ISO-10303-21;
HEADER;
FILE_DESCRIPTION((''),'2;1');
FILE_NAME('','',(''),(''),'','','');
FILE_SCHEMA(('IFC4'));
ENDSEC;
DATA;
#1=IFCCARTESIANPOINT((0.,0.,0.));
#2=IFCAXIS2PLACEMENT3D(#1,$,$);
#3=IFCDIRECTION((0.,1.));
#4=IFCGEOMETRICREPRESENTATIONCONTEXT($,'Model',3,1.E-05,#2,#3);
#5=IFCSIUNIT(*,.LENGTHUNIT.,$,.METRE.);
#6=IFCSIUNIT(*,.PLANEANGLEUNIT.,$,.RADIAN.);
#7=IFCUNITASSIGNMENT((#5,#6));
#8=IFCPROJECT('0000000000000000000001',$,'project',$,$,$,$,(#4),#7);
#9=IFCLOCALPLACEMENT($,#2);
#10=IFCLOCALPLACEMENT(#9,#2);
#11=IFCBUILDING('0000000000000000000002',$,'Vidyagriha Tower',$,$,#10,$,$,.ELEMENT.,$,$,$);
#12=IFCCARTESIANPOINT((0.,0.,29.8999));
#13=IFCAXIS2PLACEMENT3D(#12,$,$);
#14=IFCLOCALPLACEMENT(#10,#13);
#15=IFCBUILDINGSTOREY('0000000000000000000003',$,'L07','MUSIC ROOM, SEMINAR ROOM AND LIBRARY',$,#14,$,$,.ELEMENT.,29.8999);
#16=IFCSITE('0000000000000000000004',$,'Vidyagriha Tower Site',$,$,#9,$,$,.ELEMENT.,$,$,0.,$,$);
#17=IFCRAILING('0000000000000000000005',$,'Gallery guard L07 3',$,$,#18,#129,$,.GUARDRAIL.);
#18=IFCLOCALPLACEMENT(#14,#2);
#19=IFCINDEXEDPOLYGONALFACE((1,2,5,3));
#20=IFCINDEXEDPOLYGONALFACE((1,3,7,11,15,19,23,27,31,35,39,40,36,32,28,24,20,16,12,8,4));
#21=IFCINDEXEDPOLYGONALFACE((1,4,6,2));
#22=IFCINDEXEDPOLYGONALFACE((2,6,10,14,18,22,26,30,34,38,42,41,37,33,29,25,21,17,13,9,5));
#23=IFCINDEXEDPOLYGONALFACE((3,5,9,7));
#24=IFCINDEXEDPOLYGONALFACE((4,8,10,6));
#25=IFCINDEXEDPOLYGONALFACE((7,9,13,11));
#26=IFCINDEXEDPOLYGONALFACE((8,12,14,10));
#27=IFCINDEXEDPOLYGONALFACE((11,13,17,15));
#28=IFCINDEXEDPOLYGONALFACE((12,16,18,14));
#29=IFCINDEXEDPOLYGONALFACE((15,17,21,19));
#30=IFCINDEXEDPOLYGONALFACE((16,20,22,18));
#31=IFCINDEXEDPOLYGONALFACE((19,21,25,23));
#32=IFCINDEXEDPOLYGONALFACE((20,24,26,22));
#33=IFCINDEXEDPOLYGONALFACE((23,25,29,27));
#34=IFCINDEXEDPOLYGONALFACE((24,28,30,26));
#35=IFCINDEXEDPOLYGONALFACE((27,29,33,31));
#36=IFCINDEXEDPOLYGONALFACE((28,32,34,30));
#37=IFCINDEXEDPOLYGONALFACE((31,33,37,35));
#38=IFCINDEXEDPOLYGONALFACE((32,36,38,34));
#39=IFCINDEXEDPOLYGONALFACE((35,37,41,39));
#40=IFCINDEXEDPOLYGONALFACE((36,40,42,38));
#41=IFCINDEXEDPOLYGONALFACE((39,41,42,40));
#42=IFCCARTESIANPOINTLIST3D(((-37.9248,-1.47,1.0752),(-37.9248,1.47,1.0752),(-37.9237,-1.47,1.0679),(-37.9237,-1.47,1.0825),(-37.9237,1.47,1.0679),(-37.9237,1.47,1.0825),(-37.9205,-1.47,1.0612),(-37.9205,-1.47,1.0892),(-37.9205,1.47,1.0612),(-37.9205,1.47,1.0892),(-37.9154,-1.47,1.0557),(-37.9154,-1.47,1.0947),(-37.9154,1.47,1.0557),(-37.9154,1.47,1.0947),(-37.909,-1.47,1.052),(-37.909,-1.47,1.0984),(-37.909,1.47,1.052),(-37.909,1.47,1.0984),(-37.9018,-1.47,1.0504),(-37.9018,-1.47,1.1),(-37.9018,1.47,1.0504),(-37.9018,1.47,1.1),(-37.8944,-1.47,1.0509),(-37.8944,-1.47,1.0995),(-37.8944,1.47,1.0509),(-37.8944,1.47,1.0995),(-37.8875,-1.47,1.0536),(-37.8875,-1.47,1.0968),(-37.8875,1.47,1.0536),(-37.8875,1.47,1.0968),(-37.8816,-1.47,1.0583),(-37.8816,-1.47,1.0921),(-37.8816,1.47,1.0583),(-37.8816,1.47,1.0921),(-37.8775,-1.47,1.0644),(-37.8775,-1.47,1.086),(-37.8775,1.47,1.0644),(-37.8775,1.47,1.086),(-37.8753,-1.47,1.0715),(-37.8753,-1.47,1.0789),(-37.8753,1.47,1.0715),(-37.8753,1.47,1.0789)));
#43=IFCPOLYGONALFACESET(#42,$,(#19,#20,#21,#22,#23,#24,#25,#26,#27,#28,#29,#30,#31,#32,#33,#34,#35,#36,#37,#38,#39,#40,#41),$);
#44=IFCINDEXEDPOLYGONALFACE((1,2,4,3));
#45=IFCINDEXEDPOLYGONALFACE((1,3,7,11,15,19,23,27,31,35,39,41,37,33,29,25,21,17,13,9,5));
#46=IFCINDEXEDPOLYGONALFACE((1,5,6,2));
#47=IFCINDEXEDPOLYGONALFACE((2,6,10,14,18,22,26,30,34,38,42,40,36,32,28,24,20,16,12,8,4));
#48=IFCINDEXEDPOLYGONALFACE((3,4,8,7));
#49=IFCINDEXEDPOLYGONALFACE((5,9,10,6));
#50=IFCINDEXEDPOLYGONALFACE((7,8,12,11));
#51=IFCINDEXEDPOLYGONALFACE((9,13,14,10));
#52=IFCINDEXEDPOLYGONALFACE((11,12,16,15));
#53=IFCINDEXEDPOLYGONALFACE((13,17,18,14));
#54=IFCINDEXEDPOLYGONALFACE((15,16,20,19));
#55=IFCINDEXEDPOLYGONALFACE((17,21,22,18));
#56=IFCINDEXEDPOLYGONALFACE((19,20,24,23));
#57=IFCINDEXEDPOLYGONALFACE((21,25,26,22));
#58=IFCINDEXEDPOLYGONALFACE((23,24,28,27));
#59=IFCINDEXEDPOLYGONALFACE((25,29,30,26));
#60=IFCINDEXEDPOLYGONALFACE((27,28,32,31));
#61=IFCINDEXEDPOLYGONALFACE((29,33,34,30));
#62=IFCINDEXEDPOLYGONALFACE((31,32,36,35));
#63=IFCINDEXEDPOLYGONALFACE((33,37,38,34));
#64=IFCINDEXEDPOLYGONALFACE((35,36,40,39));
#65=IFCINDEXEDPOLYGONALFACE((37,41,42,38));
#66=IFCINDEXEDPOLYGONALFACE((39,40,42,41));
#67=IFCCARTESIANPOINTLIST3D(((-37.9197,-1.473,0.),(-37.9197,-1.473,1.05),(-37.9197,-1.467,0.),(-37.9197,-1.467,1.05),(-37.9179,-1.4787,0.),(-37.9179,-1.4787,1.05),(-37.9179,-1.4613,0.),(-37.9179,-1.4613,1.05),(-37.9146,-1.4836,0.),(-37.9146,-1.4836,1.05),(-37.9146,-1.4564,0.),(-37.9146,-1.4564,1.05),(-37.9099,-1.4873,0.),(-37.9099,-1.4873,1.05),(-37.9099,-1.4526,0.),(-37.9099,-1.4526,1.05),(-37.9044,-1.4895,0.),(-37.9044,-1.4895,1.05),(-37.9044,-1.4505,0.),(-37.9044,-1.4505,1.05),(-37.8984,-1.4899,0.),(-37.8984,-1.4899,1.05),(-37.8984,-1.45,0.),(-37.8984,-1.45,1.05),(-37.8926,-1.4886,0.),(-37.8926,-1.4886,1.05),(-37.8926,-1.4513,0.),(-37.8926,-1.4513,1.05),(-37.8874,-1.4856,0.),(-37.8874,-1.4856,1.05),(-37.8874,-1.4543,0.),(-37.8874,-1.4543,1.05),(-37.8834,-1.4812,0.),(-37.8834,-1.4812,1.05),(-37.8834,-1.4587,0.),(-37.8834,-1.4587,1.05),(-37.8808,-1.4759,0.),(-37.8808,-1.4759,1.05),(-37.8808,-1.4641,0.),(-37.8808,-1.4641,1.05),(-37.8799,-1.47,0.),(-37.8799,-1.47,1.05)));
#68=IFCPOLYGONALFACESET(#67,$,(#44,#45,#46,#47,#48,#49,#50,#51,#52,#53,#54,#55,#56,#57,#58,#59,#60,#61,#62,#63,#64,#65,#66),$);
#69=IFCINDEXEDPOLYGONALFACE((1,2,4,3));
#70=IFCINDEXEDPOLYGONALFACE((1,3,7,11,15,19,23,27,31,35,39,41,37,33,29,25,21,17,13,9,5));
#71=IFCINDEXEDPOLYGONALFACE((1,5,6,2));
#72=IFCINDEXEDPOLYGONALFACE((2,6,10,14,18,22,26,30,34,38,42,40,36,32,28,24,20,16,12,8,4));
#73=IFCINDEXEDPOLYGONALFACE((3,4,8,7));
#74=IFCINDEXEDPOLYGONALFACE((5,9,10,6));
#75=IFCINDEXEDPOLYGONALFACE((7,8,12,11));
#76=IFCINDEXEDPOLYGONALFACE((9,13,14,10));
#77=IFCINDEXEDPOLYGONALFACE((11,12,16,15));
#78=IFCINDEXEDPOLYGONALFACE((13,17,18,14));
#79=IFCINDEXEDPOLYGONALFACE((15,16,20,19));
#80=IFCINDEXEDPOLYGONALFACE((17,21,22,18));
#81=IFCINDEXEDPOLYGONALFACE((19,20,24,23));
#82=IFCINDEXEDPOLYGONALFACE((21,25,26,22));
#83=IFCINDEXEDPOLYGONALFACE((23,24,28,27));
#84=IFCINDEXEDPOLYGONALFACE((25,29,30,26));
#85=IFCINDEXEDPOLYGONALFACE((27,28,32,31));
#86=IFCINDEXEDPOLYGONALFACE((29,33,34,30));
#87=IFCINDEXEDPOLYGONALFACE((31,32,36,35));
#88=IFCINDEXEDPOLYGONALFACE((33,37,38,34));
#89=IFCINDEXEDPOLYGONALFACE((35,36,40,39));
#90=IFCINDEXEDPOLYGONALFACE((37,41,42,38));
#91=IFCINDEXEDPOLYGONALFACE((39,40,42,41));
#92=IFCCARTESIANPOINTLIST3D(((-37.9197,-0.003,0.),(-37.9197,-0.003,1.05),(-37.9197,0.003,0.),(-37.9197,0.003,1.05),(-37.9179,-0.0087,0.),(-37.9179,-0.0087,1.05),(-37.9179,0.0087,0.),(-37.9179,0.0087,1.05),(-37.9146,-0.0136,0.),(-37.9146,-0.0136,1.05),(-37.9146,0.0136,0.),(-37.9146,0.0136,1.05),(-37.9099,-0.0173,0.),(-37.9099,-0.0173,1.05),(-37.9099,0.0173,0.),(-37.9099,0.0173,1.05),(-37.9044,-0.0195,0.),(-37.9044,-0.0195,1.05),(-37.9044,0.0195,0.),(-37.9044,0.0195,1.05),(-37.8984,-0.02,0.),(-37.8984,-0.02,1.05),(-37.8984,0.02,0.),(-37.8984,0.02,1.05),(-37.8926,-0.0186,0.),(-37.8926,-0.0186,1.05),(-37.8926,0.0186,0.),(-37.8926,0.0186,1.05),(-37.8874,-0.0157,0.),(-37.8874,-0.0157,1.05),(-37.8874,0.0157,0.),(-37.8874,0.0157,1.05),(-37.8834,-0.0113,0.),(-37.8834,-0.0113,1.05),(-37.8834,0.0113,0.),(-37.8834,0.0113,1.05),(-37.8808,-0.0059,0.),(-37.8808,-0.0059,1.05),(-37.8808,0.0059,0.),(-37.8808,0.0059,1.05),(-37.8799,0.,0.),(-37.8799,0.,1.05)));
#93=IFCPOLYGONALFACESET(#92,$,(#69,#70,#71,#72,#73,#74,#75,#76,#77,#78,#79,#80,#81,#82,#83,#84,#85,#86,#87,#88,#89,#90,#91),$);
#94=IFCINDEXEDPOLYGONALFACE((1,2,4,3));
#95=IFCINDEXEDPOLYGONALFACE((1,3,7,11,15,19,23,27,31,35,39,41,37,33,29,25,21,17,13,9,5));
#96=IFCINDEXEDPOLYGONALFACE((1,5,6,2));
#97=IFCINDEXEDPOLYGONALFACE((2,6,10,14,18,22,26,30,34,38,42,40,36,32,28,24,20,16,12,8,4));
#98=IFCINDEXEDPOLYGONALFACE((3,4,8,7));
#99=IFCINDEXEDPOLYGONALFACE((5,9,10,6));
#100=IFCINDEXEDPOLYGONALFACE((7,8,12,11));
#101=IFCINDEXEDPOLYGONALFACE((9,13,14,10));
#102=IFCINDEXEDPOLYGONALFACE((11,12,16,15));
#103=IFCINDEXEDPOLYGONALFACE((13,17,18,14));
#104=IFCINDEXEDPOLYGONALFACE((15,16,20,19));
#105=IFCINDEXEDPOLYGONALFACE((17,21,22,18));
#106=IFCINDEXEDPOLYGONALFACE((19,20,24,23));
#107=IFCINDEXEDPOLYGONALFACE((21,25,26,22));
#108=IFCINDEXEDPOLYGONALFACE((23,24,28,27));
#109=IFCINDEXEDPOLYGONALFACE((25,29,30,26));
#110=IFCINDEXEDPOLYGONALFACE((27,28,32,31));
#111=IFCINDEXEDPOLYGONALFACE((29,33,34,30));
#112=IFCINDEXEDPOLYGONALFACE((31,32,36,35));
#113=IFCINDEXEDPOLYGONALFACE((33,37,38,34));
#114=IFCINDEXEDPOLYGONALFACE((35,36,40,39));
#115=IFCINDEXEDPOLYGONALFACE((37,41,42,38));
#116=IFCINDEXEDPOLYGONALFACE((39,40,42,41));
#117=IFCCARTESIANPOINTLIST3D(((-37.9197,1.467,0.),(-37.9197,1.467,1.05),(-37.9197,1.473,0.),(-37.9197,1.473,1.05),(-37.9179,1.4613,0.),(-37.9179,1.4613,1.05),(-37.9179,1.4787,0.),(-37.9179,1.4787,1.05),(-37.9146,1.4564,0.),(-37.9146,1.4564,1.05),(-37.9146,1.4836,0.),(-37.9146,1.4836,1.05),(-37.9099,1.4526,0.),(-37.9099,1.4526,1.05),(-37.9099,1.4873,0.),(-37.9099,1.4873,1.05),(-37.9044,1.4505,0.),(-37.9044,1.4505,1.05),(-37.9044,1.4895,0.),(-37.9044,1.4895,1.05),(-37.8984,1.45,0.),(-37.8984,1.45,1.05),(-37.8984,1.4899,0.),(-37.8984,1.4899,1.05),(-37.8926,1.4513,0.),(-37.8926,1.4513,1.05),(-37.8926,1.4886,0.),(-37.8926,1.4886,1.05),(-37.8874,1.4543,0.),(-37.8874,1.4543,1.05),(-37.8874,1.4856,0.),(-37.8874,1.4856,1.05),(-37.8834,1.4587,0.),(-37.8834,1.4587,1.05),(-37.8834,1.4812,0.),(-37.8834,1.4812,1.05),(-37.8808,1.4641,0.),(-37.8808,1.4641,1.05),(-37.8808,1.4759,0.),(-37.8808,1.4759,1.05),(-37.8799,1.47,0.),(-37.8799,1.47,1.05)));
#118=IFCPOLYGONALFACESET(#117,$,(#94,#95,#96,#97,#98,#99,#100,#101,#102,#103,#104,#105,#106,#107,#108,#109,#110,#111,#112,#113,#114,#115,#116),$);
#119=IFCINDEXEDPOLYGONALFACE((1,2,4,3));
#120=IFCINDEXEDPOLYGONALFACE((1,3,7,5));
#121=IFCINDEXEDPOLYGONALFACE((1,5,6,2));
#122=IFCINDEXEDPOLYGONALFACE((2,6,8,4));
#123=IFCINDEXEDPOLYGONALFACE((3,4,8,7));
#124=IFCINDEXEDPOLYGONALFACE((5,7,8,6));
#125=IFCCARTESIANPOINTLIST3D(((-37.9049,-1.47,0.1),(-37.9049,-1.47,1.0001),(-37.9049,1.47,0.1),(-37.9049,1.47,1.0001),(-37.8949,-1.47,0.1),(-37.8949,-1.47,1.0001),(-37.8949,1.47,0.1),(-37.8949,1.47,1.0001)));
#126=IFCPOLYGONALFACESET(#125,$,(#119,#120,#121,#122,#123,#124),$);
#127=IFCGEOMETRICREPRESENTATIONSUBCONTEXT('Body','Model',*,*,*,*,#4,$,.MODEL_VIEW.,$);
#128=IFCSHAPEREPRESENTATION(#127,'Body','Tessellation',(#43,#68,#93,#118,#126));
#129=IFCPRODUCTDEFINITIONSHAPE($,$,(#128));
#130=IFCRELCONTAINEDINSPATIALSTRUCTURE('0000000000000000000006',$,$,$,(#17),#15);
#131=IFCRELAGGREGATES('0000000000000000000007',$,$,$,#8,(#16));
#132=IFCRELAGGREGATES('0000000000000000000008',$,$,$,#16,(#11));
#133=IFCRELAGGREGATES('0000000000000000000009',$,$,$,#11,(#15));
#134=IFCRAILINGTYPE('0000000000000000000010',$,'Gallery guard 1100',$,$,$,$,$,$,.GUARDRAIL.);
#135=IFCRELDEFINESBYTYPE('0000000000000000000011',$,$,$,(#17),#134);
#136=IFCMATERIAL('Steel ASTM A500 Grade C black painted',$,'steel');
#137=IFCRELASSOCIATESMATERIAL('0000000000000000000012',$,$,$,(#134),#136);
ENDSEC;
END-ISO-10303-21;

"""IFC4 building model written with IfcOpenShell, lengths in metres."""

from ifc_helpers import new_model, si_unit, direction, frame, origin, origin_2d, place, context, subcontext, project, spatial, rectangle, circle, extrude, material, type_object, element, save


model = new_model("IFC4")

# Units and contexts
model_context = context("Model", 3, precision=1e-05, world=origin(), true_north=direction((0.0, 1.0)))
body_context = subcontext(model_context, "Body", "Model", "MODEL_VIEW")
ifc_project = project(units=[si_unit("LENGTHUNIT", "METRE"), si_unit("PLANEANGLEUNIT", "RADIAN")], contexts=[model_context])

# Site, building, storey
site_placement = place(None, origin())
site = spatial("IfcSite", under=ifc_project, at=site_placement, Name="Vidyagriha Tower Site", CompositionType="ELEMENT", RefElevation=0.0)
building_placement = place(site_placement, origin())
building = spatial("IfcBuilding", under=site, at=building_placement, Name="Vidyagriha Tower", CompositionType="ELEMENT")
storey_placement = place(building_placement, frame((0.0, 0.0, 29.8999)))
storey = spatial("IfcBuildingStorey", under=building, at=storey_placement, Name="L07", Description="MUSIC ROOM, SEMINAR ROOM AND LIBRARY", CompositionType="ELEMENT", Elevation=29.8999)

# Railing
ifc_material_1 = material(Name="Steel ASTM A500 Grade C black painted", Category="steel")
railing_type = type_object("IfcRailingType", Name="Gallery guard 1100", PredefinedType="GUARDRAIL", material=ifc_material_1)
railing_1_placement = place(storey_placement, frame((-37.8999, -1.47, 0.0)))
element("IfcRailing", 1, at=railing_1_placement, inside=storey, type_object=railing_type, Name="Gallery guard L07 3", PredefinedType="GUARDRAIL", context=body_context, shape_type="SweptSolid", body=[
    extrude(circle(Radius=0.0249, at=origin_2d()), frame((0.0, 0.0, 1.0752), z_axis=(0.0, 1.0, 0.0), x_axis=(-1.0, 0.0, 0.0)), (0.0, 0.0, 1.0), 2.9399),
    extrude(circle(Radius=0.02, at=origin_2d()), origin(), (0.0, 0.0, 1.0), 1.05),
    extrude(circle(Radius=0.02, at=origin_2d()), frame((0.0, 1.47, 0.0)), (0.0, 0.0, 1.0), 1.05),
    extrude(circle(Radius=0.02, at=origin_2d()), frame((0.0, 2.9399, 0.0)), (0.0, 0.0, 1.0), 1.05),
    extrude(rectangle(XDim=0.01, YDim=0.9001, at=origin_2d()), frame((0.0, 0.0, 0.55), z_axis=(0.0, 1.0, 0.0), x_axis=(-1.0, 0.0, 0.0)), (0.0, 0.0, 1.0), 2.9399),
])

save(model, "model.ifc")
